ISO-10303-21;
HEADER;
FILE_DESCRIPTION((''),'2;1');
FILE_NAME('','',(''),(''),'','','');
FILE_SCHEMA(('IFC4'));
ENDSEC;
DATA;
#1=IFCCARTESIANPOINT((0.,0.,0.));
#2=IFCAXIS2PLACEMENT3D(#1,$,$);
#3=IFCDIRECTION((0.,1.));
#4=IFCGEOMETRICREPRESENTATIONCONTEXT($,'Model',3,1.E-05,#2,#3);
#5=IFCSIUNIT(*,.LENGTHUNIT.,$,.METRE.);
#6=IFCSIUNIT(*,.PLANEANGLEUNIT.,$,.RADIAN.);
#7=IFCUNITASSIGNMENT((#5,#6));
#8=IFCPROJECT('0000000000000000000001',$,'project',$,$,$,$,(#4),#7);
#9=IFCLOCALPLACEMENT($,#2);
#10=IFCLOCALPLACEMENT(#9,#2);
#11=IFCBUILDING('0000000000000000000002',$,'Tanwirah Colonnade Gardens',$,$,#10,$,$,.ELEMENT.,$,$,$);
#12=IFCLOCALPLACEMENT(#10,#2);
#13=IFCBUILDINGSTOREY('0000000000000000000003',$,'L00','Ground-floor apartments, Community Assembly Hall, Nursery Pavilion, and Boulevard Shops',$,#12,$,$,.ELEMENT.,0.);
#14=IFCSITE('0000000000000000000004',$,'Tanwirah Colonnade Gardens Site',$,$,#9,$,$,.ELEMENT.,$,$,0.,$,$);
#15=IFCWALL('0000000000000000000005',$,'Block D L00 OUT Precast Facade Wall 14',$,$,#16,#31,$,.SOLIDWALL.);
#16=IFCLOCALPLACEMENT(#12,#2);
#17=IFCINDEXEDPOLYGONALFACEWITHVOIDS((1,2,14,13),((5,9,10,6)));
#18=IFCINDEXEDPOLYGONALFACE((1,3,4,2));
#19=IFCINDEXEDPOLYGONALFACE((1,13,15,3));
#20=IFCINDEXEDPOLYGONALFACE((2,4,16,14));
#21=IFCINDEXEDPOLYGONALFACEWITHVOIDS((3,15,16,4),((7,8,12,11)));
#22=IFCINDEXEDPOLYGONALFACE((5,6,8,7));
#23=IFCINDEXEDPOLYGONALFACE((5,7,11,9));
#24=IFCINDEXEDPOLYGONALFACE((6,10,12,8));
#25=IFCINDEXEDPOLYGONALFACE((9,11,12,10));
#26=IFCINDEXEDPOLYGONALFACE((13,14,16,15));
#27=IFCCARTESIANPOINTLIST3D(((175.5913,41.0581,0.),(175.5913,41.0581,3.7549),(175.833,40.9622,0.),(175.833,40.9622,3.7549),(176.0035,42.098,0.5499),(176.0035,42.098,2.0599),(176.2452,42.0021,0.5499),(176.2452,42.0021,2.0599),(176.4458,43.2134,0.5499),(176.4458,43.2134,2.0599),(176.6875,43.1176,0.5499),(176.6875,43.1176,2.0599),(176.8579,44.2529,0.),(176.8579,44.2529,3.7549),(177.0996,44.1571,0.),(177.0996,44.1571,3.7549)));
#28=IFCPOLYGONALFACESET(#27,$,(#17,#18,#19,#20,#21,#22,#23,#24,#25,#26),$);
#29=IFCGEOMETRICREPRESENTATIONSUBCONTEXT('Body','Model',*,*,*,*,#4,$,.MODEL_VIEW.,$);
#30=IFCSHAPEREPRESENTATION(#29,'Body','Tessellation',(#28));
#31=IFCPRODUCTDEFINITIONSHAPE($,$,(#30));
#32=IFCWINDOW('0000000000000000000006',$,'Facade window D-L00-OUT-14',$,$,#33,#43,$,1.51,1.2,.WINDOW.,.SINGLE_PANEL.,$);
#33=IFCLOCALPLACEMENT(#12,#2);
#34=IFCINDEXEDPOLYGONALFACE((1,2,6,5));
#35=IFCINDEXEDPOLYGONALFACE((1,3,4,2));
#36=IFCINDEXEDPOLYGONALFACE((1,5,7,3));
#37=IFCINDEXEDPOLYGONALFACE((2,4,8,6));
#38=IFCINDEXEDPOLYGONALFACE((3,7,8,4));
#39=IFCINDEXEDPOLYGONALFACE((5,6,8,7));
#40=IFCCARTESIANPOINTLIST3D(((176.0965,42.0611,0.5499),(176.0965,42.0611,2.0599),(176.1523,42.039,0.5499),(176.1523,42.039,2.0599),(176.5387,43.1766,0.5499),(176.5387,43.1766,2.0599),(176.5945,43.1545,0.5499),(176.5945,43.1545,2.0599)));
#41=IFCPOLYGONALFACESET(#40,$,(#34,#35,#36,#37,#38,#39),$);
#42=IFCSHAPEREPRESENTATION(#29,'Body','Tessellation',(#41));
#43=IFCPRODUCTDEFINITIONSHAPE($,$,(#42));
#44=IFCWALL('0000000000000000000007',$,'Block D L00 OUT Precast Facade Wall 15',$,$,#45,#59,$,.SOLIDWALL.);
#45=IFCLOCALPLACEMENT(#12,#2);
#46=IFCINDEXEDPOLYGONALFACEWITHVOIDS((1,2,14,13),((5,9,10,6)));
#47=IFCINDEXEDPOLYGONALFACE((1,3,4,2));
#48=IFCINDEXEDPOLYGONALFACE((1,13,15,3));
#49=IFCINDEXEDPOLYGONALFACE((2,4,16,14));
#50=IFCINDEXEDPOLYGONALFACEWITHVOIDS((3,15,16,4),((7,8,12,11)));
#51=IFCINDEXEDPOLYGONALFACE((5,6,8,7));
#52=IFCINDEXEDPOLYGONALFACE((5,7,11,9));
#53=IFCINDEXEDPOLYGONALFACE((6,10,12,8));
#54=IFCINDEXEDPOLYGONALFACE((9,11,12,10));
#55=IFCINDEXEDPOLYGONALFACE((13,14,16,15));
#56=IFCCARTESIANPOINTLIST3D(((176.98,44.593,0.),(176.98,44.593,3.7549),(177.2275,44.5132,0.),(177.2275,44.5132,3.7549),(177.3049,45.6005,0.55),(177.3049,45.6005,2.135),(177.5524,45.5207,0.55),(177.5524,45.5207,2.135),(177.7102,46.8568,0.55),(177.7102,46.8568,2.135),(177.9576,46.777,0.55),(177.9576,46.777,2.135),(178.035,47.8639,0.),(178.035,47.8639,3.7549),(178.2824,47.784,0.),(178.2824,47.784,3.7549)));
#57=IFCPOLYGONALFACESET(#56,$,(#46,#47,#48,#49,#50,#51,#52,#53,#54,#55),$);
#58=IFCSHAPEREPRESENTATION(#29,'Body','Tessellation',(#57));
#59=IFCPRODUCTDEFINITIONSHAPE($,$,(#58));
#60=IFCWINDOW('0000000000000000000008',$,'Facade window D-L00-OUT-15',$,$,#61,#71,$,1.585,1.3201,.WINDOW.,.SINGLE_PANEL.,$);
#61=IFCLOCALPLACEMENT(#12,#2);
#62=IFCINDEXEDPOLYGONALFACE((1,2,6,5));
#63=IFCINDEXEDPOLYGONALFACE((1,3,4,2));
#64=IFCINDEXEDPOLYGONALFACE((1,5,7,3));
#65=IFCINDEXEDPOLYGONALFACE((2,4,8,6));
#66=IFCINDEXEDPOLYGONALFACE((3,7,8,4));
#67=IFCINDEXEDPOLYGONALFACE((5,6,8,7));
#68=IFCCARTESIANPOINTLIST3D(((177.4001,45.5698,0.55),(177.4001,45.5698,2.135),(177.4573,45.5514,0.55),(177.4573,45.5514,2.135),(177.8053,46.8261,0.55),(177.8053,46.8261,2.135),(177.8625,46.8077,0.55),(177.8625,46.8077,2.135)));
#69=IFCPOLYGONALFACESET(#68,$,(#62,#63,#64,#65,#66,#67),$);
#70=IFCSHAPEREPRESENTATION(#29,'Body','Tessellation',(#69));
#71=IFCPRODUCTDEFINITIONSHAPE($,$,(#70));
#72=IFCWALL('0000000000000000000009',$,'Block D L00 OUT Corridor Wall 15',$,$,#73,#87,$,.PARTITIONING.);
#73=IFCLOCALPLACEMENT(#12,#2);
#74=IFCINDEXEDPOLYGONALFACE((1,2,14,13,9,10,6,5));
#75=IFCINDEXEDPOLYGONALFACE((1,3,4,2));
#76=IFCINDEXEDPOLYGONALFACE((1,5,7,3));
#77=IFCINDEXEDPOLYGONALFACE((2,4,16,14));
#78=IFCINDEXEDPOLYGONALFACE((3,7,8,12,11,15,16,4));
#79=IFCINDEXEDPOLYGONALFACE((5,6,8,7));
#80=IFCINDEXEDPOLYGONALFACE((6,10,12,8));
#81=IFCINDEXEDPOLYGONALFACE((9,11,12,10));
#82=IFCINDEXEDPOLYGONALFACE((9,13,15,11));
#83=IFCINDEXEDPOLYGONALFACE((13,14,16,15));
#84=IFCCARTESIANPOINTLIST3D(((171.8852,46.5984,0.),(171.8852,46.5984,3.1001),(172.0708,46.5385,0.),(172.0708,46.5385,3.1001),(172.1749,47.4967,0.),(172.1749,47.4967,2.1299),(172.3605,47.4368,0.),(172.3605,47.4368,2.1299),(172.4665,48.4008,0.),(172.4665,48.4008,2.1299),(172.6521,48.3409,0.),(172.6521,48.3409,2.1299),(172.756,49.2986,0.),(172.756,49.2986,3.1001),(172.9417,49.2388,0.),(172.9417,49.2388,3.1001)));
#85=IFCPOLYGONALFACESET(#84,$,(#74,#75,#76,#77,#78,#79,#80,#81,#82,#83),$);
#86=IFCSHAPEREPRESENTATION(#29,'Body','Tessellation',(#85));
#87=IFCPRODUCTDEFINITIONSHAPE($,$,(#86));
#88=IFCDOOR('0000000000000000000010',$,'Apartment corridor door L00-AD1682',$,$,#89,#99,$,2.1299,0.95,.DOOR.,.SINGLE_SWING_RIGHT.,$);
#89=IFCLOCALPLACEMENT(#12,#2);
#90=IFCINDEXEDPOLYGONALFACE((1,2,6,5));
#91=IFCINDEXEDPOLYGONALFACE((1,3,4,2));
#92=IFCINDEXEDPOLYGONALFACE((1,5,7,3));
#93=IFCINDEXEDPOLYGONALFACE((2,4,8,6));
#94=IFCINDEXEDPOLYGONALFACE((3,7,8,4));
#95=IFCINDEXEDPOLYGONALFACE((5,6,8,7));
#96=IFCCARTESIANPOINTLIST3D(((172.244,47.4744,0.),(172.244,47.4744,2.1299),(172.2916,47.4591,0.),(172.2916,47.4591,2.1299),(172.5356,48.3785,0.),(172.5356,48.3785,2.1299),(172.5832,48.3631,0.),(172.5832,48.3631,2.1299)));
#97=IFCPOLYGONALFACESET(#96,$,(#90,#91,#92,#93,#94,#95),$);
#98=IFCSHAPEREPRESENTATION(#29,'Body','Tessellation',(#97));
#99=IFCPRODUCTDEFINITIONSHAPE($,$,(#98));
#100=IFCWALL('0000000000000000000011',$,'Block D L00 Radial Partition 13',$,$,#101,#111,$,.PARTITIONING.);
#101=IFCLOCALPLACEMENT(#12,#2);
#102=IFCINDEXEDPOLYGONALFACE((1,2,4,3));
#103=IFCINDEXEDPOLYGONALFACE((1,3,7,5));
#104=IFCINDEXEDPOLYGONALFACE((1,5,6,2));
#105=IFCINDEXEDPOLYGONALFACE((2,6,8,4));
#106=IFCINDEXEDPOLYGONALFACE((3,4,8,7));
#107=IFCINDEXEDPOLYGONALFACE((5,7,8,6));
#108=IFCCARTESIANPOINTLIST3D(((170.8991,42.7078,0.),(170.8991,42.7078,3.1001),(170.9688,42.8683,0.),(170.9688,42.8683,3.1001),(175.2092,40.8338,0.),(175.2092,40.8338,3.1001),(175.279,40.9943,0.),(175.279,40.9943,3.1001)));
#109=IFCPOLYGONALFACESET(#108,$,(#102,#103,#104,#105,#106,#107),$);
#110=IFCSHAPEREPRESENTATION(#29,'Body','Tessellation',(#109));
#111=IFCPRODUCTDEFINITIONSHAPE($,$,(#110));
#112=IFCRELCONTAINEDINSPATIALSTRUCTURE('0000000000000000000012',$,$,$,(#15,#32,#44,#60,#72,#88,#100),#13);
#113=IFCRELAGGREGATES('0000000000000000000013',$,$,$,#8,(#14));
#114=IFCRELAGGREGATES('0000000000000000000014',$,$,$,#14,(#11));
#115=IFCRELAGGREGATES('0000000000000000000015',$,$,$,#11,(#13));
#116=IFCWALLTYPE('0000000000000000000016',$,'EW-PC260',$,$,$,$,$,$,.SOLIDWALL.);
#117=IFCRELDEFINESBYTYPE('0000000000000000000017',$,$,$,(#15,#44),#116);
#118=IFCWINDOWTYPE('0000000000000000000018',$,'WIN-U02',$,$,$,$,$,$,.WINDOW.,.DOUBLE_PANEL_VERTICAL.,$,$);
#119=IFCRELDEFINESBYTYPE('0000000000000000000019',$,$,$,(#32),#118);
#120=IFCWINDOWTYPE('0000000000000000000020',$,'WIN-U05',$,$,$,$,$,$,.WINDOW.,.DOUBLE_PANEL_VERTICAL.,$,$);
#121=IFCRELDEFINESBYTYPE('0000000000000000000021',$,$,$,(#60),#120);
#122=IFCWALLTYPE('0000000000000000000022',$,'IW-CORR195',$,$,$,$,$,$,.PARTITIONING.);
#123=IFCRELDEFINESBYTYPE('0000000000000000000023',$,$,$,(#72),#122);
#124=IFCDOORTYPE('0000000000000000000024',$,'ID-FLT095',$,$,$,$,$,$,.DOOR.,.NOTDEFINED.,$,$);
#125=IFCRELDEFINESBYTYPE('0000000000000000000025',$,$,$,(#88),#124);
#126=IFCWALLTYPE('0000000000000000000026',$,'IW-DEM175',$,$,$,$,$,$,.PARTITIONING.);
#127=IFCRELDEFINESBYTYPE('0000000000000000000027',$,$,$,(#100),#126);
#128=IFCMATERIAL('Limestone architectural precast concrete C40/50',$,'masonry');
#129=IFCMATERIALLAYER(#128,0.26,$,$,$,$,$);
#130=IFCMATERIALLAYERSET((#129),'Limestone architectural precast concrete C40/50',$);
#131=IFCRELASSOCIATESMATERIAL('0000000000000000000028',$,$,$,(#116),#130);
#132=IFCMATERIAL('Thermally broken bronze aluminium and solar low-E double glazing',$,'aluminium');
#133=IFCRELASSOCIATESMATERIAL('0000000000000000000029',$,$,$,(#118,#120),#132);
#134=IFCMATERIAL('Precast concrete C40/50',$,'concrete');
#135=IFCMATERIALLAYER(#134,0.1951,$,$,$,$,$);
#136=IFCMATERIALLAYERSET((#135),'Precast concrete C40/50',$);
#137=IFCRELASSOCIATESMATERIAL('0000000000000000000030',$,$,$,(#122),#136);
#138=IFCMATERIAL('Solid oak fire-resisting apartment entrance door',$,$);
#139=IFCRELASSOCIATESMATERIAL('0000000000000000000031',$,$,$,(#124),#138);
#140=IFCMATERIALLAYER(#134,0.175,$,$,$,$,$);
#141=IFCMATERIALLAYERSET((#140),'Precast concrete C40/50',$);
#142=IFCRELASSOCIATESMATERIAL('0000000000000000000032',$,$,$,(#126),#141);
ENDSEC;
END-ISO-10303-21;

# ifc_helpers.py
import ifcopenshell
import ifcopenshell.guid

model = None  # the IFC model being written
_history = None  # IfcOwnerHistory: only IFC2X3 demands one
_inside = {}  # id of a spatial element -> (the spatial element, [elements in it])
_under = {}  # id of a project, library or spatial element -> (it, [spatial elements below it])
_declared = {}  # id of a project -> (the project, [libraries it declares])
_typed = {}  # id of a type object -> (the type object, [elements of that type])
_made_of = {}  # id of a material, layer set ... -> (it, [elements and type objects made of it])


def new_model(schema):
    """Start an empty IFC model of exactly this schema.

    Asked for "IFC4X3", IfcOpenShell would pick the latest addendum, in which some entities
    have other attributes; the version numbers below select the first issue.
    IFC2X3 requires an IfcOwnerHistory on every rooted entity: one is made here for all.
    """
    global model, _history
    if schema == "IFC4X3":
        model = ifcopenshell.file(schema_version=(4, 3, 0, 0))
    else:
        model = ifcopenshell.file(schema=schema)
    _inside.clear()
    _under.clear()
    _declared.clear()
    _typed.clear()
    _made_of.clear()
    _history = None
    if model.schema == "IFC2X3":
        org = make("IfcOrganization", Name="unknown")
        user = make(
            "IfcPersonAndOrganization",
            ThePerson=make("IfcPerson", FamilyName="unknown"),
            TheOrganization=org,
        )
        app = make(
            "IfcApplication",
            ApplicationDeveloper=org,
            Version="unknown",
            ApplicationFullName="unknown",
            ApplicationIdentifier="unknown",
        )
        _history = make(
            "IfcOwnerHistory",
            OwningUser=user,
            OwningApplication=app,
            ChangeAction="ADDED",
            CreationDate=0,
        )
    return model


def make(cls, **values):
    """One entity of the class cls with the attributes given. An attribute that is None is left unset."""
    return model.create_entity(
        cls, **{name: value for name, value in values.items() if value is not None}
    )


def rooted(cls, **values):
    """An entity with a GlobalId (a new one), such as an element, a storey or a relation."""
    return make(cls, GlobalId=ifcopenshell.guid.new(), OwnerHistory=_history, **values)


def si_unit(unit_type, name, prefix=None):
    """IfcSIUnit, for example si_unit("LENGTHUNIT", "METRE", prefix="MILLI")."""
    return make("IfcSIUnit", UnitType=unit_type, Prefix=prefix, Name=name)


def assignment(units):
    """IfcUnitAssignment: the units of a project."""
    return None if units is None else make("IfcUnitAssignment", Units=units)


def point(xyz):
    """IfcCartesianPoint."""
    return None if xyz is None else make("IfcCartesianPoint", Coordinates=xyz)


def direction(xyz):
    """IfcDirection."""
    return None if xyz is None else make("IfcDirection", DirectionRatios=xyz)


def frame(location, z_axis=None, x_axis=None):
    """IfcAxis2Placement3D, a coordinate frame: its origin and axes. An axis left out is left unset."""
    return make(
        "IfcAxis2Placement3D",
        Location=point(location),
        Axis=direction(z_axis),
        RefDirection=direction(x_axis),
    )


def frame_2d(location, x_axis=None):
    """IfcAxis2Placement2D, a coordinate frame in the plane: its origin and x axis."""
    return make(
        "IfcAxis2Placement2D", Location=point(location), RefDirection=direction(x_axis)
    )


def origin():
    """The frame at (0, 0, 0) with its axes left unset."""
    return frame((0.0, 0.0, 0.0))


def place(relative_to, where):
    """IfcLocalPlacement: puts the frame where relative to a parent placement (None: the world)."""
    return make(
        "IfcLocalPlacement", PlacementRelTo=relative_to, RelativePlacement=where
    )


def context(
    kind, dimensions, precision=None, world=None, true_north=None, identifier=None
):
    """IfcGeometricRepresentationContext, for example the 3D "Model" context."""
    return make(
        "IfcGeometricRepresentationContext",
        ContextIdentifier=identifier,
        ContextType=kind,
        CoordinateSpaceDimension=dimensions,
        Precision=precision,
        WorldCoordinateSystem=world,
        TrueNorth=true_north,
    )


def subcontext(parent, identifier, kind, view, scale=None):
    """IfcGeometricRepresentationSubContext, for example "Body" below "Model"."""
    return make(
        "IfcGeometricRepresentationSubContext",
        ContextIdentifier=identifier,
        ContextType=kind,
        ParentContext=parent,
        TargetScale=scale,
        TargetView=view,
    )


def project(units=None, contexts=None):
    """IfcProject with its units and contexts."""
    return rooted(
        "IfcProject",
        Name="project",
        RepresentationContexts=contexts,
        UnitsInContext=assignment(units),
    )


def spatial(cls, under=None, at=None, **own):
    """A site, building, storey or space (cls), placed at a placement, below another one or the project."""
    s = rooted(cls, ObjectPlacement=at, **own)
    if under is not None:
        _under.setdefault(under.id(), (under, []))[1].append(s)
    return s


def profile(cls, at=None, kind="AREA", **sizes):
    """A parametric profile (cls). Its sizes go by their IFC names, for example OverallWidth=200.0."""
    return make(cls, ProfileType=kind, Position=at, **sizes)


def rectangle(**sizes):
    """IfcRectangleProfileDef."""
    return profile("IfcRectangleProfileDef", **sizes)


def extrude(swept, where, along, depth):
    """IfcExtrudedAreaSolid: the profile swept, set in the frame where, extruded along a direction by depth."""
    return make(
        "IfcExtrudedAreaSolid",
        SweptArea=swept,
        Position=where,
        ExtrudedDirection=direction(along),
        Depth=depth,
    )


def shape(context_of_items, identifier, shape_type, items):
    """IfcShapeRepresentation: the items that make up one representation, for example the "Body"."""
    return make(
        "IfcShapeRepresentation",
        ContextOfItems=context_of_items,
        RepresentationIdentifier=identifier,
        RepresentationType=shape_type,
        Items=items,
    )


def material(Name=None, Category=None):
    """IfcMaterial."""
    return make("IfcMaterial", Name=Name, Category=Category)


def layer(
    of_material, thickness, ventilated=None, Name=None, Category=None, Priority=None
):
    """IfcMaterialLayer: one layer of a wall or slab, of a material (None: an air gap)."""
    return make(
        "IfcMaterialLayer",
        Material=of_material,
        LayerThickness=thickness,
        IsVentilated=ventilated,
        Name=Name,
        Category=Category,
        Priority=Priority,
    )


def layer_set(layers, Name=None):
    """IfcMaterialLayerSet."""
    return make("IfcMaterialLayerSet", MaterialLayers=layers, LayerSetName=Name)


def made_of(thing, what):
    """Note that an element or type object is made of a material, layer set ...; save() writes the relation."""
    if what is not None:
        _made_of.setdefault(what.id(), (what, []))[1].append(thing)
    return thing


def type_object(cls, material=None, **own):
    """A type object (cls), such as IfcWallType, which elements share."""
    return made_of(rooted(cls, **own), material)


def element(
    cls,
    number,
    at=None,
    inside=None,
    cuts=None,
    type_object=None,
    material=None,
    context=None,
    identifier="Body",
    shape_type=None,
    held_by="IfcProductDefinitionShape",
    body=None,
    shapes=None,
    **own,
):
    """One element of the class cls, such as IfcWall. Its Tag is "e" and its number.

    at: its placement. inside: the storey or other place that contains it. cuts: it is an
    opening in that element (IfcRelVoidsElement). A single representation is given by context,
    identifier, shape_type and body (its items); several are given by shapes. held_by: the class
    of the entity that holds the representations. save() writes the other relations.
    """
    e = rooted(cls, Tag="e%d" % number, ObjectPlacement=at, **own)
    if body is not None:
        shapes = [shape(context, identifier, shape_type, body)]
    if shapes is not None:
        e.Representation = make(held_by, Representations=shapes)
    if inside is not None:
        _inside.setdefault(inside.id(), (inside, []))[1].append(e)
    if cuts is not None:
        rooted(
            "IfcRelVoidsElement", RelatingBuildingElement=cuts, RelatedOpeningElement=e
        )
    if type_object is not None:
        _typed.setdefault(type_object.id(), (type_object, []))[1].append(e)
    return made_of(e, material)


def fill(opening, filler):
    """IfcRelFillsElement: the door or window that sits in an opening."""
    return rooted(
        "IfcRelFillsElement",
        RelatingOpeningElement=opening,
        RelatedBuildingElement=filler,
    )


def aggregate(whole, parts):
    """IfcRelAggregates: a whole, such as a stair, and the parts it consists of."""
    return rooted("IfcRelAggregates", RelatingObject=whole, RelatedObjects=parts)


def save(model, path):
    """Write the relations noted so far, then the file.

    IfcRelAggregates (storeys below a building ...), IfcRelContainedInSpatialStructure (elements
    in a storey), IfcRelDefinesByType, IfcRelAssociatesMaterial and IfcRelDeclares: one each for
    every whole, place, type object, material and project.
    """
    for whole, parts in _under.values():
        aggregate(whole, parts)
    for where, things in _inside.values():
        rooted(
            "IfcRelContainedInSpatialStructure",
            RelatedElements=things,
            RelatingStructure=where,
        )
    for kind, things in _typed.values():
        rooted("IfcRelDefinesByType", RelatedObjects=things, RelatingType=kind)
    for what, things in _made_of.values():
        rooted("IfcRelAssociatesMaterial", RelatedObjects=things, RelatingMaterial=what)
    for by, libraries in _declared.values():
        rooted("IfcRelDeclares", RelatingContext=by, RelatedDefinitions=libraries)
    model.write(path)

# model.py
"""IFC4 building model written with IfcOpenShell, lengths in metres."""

from ifc_helpers import new_model, si_unit, direction, frame, frame_2d, origin, place, context, subcontext, project, spatial, rectangle, extrude, material, layer, layer_set, type_object, element, fill, save


model = new_model("IFC4")

# Units and contexts
model_context = context("Model", 3, precision=1e-05, world=origin(), true_north=direction((0.0, 1.0)))
body_context = subcontext(model_context, "Body", "Model", "MODEL_VIEW")
ifc_project = project(units=[si_unit("LENGTHUNIT", "METRE"), si_unit("PLANEANGLEUNIT", "RADIAN")], contexts=[model_context])

# Site, building, storey
site_placement = place(None, origin())
site = spatial("IfcSite", under=ifc_project, at=site_placement, Name="Tanwirah Colonnade Gardens Site", CompositionType="ELEMENT", RefElevation=0.0)
building_placement = place(site_placement, origin())
building = spatial("IfcBuilding", under=site, at=building_placement, Name="Tanwirah Colonnade Gardens", CompositionType="ELEMENT")
storey_placement = place(building_placement, origin())
storey = spatial("IfcBuildingStorey", under=building, at=storey_placement, Name="L00", Description="Ground-floor apartments, Community Assembly Hall, Nursery Pavilion, and Boulevard Shops", CompositionType="ELEMENT", Elevation=0.0)

# Shared definitions
ifc_material_1 = material(Name="Precast concrete C40/50", Category="concrete")

# Walls, openings, windows
ifc_material_2 = material(Name="Limestone architectural precast concrete C40/50", Category="masonry")
ifc_layer_1 = layer(ifc_material_2, 0.26)
ifc_layer_set_1 = layer_set([ifc_layer_1], Name="Limestone architectural precast concrete C40/50")
wall_type_1 = type_object("IfcWallType", Name="EW-PC260", PredefinedType="SOLIDWALL", material=ifc_layer_set_1)
wall_1_placement = place(storey_placement, frame((175.7122, 41.0103, 0.0), z_axis=(0.0, 0.0, 1.0), x_axis=(0.368547, 0.929609, 0.0)))
wall_1 = element("IfcWall", 1, at=wall_1_placement, inside=storey, type_object=wall_type_1, Name="Block D L00 OUT Precast Facade Wall 14", PredefinedType="SOLIDWALL", context=body_context, shape_type="SweptSolid", body=[
    extrude(rectangle(XDim=3.4368, YDim=0.26, at=frame_2d((1.7183, 0.0))), origin(), (0.0, 0.0, 1.0), 3.7549),
])
opening_1_placement = place(wall_1_placement, frame((1.1184, 0.0, 0.55)))
opening_1 = element("IfcOpeningElement", 2, at=opening_1_placement, cuts=wall_1, PredefinedType="OPENING", context=body_context, shape_type="SweptSolid", body=[
    extrude(rectangle(XDim=1.2, YDim=1.51, at=frame_2d((0.6001, 0.7549))), frame((0.0, 0.1399, 0.0), z_axis=(0.0, -1.0, 0.0), x_axis=(1.0, 0.0, 0.0)), (0.0, 0.0, 1.0), 0.28),
])
ifc_material_3 = material(Name="Thermally broken bronze aluminium and solar low-E double glazing", Category="aluminium")
window_type_1 = type_object("IfcWindowType", Name="WIN-U02", PartitioningType="DOUBLE_PANEL_VERTICAL", PredefinedType="WINDOW", material=ifc_material_3)
window_1_placement = place(opening_1_placement, origin())
window_1 = element("IfcWindow", 3, at=window_1_placement, inside=storey, type_object=window_type_1, Name="Facade window D-L00-OUT-14", OverallHeight=1.51, OverallWidth=1.2, PartitioningType="SINGLE_PANEL", PredefinedType="WINDOW", context=body_context, shape_type="SweptSolid", body=[
    extrude(rectangle(XDim=1.2, YDim=1.51, at=frame_2d((0.6001, 0.7549))), frame((0.0, 0.03, 0.0), z_axis=(0.0, -1.0, 0.0), x_axis=(1.0, 0.0, 0.0)), (0.0, 0.0, 1.0), 0.0601),
])
fill(opening_1, window_1)
wall_2_placement = place(storey_placement, frame((177.1038, 44.5532, 0.0), z_axis=(0.0, 0.0, 1.0), x_axis=(0.306963, 0.951721, 0.0)))
wall_2 = element("IfcWall", 4, at=wall_2_placement, inside=storey, type_object=wall_type_1, Name="Block D L00 OUT Precast Facade Wall 15", PredefinedType="SOLIDWALL", context=body_context, shape_type="SweptSolid", body=[
    extrude(rectangle(XDim=3.4368, YDim=0.26, at=frame_2d((1.7183, 0.0))), origin(), (0.0, 0.0, 1.0), 3.7549),
])
opening_2_placement = place(wall_2_placement, frame((1.0583, 0.0, 0.55)))
opening_2 = element("IfcOpeningElement", 5, at=opening_2_placement, cuts=wall_2, PredefinedType="OPENING", context=body_context, shape_type="SweptSolid", body=[
    extrude(rectangle(XDim=1.3201, YDim=1.585, at=frame_2d((0.6602, 0.7925))), frame((0.0, 0.1399, 0.0), z_axis=(0.0, -1.0, 0.0), x_axis=(1.0, 0.0, 0.0)), (0.0, 0.0, 1.0), 0.28),
])
window_type_2 = type_object("IfcWindowType", Name="WIN-U05", PartitioningType="DOUBLE_PANEL_VERTICAL", PredefinedType="WINDOW", material=ifc_material_3)
window_2_placement = place(opening_2_placement, origin())
window_2 = element("IfcWindow", 6, at=window_2_placement, inside=storey, type_object=window_type_2, Name="Facade window D-L00-OUT-15", OverallHeight=1.585, OverallWidth=1.3201, PartitioningType="SINGLE_PANEL", PredefinedType="WINDOW", context=body_context, shape_type="SweptSolid", body=[
    extrude(rectangle(XDim=1.3201, YDim=1.585, at=frame_2d((0.6602, 0.7925))), frame((0.0, 0.03, 0.0), z_axis=(0.0, -1.0, 0.0), x_axis=(1.0, 0.0, 0.0)), (0.0, 0.0, 1.0), 0.0601),
])
fill(opening_2, window_2)

# Wall, opening, door
ifc_layer_2 = layer(ifc_material_1, 0.1951)
ifc_layer_set_2 = layer_set([ifc_layer_2], Name="Precast concrete C40/50")
wall_type_2 = type_object("IfcWallType", Name="IW-CORR195", PredefinedType="PARTITIONING", material=ifc_layer_set_2)
ifc_material_4 = material(Name="Solid oak fire-resisting apartment entrance door")
wall_3_placement = place(storey_placement, frame((171.978, 46.5686, 0.0), z_axis=(0.0, 0.0, 1.0), x_axis=(0.306945, 0.951727, 0.0)))
wall_3 = element("IfcWall", 7, at=wall_3_placement, inside=storey, type_object=wall_type_2, Name="Block D L00 OUT Corridor Wall 15", PredefinedType="PARTITIONING", context=body_context, shape_type="SweptSolid", body=[
    extrude(rectangle(XDim=2.8372, YDim=0.1951, at=frame_2d((1.4185, 0.0))), origin(), (0.0, 0.0, 1.0), 3.1001),
])
opening_3_placement = place(wall_3_placement, frame((0.9436, 0.0, 0.0)))
opening_3 = element("IfcOpeningElement", 8, at=opening_3_placement, cuts=wall_3, PredefinedType="OPENING", context=body_context, shape_type="SweptSolid", body=[
    extrude(rectangle(XDim=0.95, YDim=2.1299, at=frame_2d((0.4751, 1.0649))), frame((0.0, 0.1074, 0.0), z_axis=(0.0, -1.0, 0.0), x_axis=(1.0, 0.0, 0.0)), (0.0, 0.0, 1.0), 0.2151),
])
door_type_1 = type_object("IfcDoorType", Name="ID-FLT095", OperationType="NOTDEFINED", PredefinedType="DOOR", material=ifc_material_4)
door_1_placement = place(opening_3_placement, origin())
door_1 = element("IfcDoor", 9, at=door_1_placement, inside=storey, type_object=door_type_1, Name="Apartment corridor door L00-AD1682", OperationType="SINGLE_SWING_RIGHT", OverallHeight=2.1299, OverallWidth=0.95, PredefinedType="DOOR", context=body_context, shape_type="SweptSolid", body=[
    extrude(rectangle(XDim=0.95, YDim=2.1299, at=frame_2d((0.4751, 1.0649))), frame((0.0, 0.0249, 0.0), z_axis=(0.0, -1.0, 0.0), x_axis=(1.0, 0.0, 0.0)), (0.0, 0.0, 1.0), 0.05),
])
fill(opening_3, door_1)

# Wall
ifc_layer_3 = layer(ifc_material_1, 0.175)
ifc_layer_set_3 = layer_set([ifc_layer_3], Name="Precast concrete C40/50")
wall_type_3 = type_object("IfcWallType", Name="IW-DEM175", PredefinedType="PARTITIONING", material=ifc_layer_set_3)
wall_4_placement = place(storey_placement, frame((170.9338, 42.7881, 0.0), z_axis=(0.0, 0.0, 1.0), x_axis=(0.917072, -0.398722, 0.0)))
element("IfcWall", 10, at=wall_4_placement, inside=storey, type_object=wall_type_3, Name="Block D L00 Radial Partition 13", PredefinedType="PARTITIONING", context=body_context, shape_type="SweptSolid", body=[
    extrude(rectangle(XDim=4.7, YDim=0.175, at=frame_2d((2.3501, 0.0))), origin(), (0.0, 0.0, 1.0), 3.1001),
])

save(model, "model.ifc")
